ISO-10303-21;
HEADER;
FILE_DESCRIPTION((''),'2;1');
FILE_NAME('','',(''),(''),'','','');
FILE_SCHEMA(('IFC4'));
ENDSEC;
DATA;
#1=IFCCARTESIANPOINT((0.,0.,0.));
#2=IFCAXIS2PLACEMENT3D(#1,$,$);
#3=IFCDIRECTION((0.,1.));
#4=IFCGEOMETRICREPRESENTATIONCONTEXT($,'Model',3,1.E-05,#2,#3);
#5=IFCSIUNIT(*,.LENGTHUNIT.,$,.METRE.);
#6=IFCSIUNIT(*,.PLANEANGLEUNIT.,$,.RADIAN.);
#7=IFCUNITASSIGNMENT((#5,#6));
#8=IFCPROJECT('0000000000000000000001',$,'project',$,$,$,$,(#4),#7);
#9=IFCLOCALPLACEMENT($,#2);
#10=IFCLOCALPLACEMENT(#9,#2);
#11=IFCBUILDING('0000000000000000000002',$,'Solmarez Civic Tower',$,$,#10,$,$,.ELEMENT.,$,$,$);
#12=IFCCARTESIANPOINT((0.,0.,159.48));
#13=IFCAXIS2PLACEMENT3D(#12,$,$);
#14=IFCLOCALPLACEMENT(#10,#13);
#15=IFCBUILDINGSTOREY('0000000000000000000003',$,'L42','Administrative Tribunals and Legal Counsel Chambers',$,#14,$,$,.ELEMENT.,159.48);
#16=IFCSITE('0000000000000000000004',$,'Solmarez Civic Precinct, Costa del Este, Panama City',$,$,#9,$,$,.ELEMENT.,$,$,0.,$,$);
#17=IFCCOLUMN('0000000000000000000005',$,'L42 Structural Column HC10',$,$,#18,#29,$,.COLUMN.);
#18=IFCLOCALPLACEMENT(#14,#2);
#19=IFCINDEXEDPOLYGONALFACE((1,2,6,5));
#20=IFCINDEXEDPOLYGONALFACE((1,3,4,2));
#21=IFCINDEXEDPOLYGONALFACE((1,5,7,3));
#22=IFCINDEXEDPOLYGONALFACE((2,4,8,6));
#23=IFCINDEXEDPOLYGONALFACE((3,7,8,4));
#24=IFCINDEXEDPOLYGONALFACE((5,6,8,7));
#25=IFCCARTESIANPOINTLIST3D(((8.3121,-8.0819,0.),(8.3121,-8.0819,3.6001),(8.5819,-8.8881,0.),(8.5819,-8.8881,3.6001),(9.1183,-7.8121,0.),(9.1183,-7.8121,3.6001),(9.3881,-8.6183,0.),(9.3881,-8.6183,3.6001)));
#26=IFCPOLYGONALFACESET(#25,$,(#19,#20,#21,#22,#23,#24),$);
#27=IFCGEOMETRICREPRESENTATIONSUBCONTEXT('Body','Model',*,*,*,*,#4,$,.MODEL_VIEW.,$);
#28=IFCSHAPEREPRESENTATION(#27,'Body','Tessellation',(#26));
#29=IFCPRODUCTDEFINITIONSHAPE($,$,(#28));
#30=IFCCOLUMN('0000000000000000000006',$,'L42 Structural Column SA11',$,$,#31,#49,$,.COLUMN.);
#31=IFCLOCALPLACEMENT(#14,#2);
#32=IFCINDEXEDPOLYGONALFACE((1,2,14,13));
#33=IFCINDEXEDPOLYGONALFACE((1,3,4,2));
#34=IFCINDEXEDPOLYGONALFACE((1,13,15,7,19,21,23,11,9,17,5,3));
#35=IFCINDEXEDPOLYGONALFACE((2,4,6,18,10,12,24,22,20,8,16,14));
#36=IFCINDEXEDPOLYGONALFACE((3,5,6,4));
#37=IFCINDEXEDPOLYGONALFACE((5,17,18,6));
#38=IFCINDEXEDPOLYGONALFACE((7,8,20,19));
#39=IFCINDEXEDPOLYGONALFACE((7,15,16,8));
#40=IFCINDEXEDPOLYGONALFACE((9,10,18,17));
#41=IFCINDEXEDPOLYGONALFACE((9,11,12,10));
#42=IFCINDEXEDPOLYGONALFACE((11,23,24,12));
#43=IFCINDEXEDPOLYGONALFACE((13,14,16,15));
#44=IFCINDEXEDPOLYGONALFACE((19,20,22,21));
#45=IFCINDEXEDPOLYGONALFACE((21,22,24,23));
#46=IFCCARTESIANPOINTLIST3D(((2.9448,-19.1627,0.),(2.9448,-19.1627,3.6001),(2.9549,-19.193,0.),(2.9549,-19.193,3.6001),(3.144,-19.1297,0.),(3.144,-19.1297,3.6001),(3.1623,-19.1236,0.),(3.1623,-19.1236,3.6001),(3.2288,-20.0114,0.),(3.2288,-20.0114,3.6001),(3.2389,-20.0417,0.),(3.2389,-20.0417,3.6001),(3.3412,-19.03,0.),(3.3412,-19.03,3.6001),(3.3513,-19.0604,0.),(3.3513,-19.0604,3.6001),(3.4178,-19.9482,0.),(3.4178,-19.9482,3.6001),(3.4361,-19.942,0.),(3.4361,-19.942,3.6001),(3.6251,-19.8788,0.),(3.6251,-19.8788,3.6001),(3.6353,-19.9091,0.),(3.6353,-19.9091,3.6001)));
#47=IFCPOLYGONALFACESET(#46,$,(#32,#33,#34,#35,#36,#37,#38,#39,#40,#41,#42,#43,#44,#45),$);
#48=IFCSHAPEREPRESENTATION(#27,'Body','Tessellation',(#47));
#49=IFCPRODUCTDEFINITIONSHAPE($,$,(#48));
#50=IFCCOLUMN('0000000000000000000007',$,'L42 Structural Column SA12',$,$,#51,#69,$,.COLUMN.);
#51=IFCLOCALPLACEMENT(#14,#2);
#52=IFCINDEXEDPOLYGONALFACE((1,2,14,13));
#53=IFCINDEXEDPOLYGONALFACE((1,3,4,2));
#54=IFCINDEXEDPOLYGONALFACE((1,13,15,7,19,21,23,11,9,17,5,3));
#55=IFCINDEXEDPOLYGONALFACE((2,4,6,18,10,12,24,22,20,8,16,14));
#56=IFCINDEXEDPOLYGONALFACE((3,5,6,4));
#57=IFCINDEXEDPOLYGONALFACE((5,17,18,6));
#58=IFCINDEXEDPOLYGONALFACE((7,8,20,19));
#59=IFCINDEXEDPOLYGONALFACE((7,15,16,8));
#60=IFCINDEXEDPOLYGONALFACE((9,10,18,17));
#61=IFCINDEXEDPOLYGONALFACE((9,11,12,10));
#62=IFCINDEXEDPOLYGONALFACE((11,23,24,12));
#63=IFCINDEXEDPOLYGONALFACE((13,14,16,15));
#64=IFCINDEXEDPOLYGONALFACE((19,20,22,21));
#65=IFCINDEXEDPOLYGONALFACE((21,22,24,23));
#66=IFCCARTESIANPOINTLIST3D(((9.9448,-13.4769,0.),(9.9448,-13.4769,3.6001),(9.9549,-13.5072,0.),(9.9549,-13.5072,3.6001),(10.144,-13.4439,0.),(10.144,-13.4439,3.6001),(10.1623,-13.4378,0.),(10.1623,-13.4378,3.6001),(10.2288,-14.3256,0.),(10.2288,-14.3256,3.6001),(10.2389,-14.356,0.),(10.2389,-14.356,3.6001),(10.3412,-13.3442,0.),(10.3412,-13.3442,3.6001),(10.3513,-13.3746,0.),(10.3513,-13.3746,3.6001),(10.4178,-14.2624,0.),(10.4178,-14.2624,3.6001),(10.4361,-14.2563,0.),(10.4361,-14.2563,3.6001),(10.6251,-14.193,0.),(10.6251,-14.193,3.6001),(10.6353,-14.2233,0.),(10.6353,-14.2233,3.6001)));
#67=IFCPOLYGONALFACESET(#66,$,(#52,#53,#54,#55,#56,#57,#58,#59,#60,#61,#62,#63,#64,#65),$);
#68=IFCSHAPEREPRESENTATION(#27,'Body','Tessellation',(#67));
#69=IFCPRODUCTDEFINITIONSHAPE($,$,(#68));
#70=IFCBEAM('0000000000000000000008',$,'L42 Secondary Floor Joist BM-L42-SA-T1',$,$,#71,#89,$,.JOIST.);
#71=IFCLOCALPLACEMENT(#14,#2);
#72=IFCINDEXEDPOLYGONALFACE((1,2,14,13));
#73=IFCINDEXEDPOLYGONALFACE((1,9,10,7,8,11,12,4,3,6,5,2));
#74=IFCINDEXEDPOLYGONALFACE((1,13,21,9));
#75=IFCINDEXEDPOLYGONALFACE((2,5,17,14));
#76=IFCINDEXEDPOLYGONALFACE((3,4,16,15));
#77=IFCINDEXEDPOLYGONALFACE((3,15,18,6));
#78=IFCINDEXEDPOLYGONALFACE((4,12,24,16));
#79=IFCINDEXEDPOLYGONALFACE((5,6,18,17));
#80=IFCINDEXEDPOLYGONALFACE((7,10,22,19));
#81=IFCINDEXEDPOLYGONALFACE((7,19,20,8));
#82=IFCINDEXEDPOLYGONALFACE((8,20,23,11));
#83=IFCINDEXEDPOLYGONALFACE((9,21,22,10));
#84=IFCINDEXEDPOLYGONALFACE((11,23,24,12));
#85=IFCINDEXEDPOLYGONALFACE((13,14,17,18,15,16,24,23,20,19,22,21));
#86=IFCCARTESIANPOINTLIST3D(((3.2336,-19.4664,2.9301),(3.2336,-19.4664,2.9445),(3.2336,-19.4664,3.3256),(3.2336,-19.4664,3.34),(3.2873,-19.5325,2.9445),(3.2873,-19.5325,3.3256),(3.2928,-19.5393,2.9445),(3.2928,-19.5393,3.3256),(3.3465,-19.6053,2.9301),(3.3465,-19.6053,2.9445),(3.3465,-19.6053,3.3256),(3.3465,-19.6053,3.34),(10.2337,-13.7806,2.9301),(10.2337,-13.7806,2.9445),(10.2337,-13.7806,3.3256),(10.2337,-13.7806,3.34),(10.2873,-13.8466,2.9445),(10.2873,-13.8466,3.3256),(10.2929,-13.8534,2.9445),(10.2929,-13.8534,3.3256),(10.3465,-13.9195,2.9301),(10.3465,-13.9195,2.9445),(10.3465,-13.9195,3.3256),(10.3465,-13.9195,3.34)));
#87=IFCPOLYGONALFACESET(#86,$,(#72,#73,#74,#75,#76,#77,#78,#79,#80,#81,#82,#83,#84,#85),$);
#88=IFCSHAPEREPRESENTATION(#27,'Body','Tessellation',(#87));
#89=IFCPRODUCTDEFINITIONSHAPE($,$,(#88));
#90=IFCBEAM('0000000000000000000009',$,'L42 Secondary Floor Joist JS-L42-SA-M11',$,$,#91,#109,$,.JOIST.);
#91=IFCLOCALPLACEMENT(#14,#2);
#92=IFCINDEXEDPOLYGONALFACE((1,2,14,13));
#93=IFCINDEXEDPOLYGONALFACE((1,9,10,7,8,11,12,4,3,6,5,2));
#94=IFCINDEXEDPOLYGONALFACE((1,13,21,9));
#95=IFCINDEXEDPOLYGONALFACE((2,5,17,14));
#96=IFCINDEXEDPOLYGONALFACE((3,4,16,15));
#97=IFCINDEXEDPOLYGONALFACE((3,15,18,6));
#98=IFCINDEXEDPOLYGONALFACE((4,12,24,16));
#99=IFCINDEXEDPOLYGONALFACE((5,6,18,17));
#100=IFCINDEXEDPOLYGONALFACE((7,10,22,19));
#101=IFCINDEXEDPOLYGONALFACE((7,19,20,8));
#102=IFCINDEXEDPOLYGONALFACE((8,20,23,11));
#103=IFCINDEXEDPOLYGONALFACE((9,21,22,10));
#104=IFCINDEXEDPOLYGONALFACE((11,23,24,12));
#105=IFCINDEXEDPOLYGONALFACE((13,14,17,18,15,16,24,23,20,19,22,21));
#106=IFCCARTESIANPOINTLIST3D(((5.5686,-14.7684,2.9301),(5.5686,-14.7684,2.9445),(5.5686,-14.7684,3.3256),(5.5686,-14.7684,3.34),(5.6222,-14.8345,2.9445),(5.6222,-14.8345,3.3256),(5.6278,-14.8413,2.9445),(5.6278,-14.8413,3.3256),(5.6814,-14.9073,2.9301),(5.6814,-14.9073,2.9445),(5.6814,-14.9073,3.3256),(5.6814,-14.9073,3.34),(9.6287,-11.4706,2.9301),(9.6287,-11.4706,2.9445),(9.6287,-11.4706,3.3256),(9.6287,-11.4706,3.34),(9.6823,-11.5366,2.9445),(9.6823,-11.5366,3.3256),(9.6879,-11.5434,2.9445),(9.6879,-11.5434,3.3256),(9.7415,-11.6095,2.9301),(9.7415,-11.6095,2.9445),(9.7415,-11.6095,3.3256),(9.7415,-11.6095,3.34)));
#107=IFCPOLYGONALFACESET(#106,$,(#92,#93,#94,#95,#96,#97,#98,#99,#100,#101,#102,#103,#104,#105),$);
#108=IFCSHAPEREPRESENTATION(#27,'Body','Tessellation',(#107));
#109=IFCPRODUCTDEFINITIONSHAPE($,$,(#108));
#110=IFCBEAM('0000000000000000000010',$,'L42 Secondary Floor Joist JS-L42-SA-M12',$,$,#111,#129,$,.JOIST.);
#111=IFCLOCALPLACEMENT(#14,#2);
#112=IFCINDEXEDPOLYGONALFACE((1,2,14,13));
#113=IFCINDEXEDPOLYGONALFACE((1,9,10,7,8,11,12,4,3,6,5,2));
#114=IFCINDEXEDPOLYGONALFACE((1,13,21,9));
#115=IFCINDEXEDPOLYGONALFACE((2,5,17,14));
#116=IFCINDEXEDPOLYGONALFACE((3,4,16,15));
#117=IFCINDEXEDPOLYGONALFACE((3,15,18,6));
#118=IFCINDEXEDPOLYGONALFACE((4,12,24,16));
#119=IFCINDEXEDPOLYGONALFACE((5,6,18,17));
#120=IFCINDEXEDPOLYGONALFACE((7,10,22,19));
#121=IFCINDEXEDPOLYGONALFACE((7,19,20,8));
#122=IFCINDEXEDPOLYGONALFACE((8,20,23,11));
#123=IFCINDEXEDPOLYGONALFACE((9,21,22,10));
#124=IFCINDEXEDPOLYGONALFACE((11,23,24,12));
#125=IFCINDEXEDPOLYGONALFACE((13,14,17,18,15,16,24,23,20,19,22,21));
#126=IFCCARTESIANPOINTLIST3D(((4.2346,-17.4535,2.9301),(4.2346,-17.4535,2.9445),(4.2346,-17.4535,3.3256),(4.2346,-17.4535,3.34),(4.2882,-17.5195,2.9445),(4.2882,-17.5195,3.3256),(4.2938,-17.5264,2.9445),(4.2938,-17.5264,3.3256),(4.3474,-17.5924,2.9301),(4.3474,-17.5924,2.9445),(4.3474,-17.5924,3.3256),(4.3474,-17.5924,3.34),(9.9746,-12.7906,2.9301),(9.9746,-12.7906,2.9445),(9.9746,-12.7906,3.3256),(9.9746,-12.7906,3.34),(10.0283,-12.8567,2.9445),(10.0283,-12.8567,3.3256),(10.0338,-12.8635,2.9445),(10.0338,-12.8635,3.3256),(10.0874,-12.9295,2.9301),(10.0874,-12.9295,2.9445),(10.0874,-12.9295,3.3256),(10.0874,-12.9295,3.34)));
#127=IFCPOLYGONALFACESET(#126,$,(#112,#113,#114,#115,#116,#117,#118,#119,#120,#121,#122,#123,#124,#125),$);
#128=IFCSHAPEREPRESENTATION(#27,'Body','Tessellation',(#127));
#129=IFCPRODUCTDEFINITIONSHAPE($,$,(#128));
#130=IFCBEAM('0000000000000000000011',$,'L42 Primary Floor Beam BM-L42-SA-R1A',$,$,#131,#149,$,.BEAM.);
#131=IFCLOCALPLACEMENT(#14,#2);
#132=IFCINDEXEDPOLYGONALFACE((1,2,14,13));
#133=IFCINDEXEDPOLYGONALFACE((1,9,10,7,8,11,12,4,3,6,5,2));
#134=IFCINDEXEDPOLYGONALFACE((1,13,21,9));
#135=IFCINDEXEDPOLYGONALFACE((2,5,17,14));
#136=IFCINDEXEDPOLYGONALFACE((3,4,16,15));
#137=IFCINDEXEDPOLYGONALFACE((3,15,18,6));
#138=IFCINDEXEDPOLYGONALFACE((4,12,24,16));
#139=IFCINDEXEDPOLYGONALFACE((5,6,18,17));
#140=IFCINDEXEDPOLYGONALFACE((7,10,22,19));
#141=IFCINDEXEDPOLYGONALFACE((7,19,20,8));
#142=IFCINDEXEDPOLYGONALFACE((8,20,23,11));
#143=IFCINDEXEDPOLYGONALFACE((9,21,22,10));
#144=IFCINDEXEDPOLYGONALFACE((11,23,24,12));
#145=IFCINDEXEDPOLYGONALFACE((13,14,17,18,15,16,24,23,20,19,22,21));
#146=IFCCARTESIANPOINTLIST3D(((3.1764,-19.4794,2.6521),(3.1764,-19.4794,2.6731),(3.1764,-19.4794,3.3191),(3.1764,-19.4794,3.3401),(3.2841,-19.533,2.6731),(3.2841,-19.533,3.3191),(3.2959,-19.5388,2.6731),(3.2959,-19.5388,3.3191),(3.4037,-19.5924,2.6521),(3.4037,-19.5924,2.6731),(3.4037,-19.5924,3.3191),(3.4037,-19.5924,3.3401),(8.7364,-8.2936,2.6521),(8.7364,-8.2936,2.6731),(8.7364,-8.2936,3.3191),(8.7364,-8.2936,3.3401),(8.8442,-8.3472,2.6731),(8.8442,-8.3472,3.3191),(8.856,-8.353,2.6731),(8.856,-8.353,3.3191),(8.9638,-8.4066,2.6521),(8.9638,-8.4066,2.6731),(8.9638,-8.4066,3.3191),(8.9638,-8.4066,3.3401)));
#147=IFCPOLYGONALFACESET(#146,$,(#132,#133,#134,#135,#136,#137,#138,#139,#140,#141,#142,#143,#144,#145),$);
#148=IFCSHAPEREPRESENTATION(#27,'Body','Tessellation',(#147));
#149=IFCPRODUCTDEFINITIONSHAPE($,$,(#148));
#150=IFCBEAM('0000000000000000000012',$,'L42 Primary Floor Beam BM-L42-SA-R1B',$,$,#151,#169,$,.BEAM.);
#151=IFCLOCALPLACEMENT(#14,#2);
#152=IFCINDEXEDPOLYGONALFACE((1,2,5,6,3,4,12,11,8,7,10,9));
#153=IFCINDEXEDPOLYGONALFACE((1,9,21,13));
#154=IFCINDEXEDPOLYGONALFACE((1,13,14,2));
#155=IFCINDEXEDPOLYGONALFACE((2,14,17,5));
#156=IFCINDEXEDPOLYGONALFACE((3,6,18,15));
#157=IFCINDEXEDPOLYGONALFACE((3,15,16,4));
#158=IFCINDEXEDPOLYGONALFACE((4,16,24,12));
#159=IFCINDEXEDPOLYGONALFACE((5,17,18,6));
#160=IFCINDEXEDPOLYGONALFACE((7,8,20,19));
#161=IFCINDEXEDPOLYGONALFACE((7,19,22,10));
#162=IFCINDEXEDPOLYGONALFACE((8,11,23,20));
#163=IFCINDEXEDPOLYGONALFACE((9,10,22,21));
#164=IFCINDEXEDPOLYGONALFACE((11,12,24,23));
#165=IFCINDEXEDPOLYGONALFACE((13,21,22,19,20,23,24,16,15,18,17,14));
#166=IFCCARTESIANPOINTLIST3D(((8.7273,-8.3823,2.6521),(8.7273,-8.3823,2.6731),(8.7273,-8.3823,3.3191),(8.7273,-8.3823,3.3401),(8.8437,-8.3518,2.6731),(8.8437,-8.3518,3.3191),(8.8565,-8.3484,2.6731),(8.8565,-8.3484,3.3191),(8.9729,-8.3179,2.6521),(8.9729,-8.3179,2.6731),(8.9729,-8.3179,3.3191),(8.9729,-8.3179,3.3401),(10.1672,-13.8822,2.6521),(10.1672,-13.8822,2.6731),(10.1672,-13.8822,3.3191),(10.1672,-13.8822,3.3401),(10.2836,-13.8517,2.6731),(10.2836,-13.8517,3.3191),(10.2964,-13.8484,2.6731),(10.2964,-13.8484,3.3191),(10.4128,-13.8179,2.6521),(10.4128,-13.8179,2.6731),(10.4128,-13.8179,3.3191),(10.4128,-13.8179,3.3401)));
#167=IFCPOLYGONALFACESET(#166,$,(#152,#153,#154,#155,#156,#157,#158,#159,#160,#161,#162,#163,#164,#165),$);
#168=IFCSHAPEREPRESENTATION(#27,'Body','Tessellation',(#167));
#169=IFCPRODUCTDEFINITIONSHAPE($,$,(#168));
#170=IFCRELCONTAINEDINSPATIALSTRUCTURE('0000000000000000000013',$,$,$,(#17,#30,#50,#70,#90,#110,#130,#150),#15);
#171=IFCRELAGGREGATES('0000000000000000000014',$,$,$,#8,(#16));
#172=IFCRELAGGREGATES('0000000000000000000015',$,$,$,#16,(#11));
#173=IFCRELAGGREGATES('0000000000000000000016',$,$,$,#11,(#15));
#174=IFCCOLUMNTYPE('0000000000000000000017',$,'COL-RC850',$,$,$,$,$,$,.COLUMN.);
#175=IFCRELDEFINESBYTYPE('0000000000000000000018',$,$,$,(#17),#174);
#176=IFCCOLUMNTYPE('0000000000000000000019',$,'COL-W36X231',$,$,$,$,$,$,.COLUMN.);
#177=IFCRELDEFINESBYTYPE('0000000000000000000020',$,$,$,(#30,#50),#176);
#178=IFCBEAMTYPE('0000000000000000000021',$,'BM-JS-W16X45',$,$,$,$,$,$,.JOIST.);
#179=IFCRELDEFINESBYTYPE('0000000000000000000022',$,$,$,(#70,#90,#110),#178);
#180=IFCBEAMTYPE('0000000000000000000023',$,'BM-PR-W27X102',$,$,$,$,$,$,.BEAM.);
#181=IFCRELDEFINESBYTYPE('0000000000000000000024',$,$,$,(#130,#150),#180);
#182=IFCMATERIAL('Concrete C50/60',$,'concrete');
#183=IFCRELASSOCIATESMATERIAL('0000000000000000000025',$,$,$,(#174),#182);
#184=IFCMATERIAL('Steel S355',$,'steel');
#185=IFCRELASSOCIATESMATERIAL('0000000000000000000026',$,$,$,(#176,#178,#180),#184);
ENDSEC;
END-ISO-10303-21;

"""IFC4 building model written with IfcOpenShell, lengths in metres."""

from ifc_helpers import new_model, si_unit, direction, frame, origin, origin_2d, place, context, subcontext, project, spatial, rectangle, i_section, extrude, material, material_profile, profile_set, type_object, element, save


model = new_model("IFC4")

# Units and contexts
model_context = context("Model", 3, precision=1e-05, world=origin(), true_north=direction((0.0, 1.0)))
body_context = subcontext(model_context, "Body", "Model", "MODEL_VIEW")
ifc_project = project(units=[si_unit("LENGTHUNIT", "METRE"), si_unit("PLANEANGLEUNIT", "RADIAN")], contexts=[model_context])

# Site, building, storey
site_placement = place(None, origin())
site = spatial("IfcSite", under=ifc_project, at=site_placement, Name="Solmarez Civic Precinct, Costa del Este, Panama City", CompositionType="ELEMENT", RefElevation=0.0)
building_placement = place(site_placement, origin())
building = spatial("IfcBuilding", under=site, at=building_placement, Name="Solmarez Civic Tower", CompositionType="ELEMENT")
storey_placement = place(building_placement, frame((0.0, 0.0, 159.48)))
storey = spatial("IfcBuildingStorey", under=building, at=storey_placement, Name="L42", Description="Administrative Tribunals and Legal Counsel Chambers", CompositionType="ELEMENT", Elevation=159.48)

# Columns
ifc_material_1 = material(Name="Concrete C50/60", Category="concrete")
ifc_material_profile_1 = material_profile(ifc_material_1, rectangle(XDim=0.8501, YDim=0.8501, at=origin_2d()), Name="RC850X850")
ifc_profile_set_1 = profile_set([ifc_material_profile_1], Name="Concrete C50/60")
column_type_1 = type_object("IfcColumnType", Name="COL-RC850", PredefinedType="COLUMN", material=ifc_profile_set_1)
column_placement = place(storey_placement, frame((8.8501, -8.3501, 0.0), z_axis=(0.0, 0.0, 1.0), x_axis=(0.948324, 0.317305, 0.0)))
element("IfcColumn", 1, at=column_placement, inside=storey, type_object=column_type_1, Name="L42 Structural Column HC10", PredefinedType="COLUMN", context=body_context, shape_type="SweptSolid", body=[
    extrude(rectangle(XDim=0.8501, YDim=0.8501, at=origin_2d()), origin(), (0.0, 0.0, 1.0), 3.6001),
])
ifc_material_2 = material(Name="Steel S355", Category="steel")
ifc_material_profile_2 = material_profile(ifc_material_2, i_section(OverallWidth=0.418, OverallDepth=0.927, WebThickness=0.0193, FlangeThickness=0.032, at=origin_2d()), Name="W36X231")
ifc_profile_set_2 = profile_set([ifc_material_profile_2], Name="Steel S355")
column_type_2 = type_object("IfcColumnType", Name="COL-W36X231", PredefinedType="COLUMN", material=ifc_profile_set_2)
for number, where, z_axis, x_axis, name in (
    (2, (3.29, -19.5359, 0.0), (0.0, 0.0, 1.0), (0.948324, 0.317305, 0.0), "L42 Structural Column SA11"),
    (3, (10.29, -13.8501, 0.0), (0.0, 0.0, 1.0), (0.948324, 0.317305, 0.0), "L42 Structural Column SA12"),
):
    element("IfcColumn", number, at=place(storey_placement, frame(where, z_axis=z_axis, x_axis=x_axis)), inside=storey, type_object=column_type_2, Name=name, PredefinedType="COLUMN", context=body_context, shape_type="SweptSolid", body=[
        extrude(i_section(OverallWidth=0.418, OverallDepth=0.927, WebThickness=0.0193, FlangeThickness=0.032, at=origin_2d()), origin(), (0.0, 0.0, 1.0), 3.6001),
    ])

# Beams
ifc_material_profile_3 = material_profile(ifc_material_2, i_section(OverallWidth=0.179, OverallDepth=0.4099, WebThickness=0.0088, FlangeThickness=0.0144, at=origin_2d()), Name="W16X45")
ifc_profile_set_3 = profile_set([ifc_material_profile_3], Name="Steel S355")
beam_type_1 = type_object("IfcBeamType", Name="BM-JS-W16X45", PredefinedType="JOIST", material=ifc_profile_set_3)
beam_1_placement = place(storey_placement, frame((3.29, -19.5359, 3.135), z_axis=(0.776207, 0.630478, 0.0), x_axis=(-0.630478, 0.776207, 0.0)))
element("IfcBeam", 4, at=beam_1_placement, inside=storey, type_object=beam_type_1, Name="L42 Secondary Floor Joist BM-L42-SA-T1", PredefinedType="JOIST", context=body_context, shape_type="SweptSolid", body=[
    extrude(i_section(OverallWidth=0.179, OverallDepth=0.4099, WebThickness=0.0088, FlangeThickness=0.0144, at=origin_2d()), origin(), (0.0, 0.0, 1.0), 9.0183),
])
beam_2_placement = place(storey_placement, frame((5.625, -14.8379, 3.135), z_axis=(0.776203, 0.630484, 0.0), x_axis=(-0.630484, 0.776203, 0.0)))
element("IfcBeam", 5, at=beam_2_placement, inside=storey, type_object=beam_type_1, Name="L42 Secondary Floor Joist JS-L42-SA-M11", PredefinedType="JOIST", context=body_context, shape_type="SweptSolid", body=[
    extrude(i_section(OverallWidth=0.179, OverallDepth=0.4099, WebThickness=0.0088, FlangeThickness=0.0144, at=origin_2d()), origin(), (0.0, 0.0, 1.0), 5.2307),
])
beam_3_placement = place(storey_placement, frame((4.291, -17.5229, 3.135), z_axis=(0.776174, 0.630519, 0.0), x_axis=(-0.630519, 0.776174, 0.0)))
element("IfcBeam", 6, at=beam_3_placement, inside=storey, type_object=beam_type_1, Name="L42 Secondary Floor Joist JS-L42-SA-M12", PredefinedType="JOIST", context=body_context, shape_type="SweptSolid", body=[
    extrude(i_section(OverallWidth=0.179, OverallDepth=0.4099, WebThickness=0.0088, FlangeThickness=0.0144, at=origin_2d()), origin(), (0.0, 0.0, 1.0), 7.3953),
])
ifc_material_profile_4 = material_profile(ifc_material_2, i_section(OverallWidth=0.2539, OverallDepth=0.688, WebThickness=0.0132, FlangeThickness=0.021, at=origin_2d()), Name="W27X102")
ifc_profile_set_4 = profile_set([ifc_material_profile_4], Name="Steel S355")
beam_type_2 = type_object("IfcBeamType", Name="BM-PR-W27X102", PredefinedType="BEAM", material=ifc_profile_set_4)
beam_4_placement = place(storey_placement, frame((8.8501, -8.3501, 2.9961), z_axis=(-0.445109, -0.895476, 0.0), x_axis=(0.895476, -0.445109, 0.0)))
element("IfcBeam", 7, at=beam_4_placement, inside=storey, type_object=beam_type_2, Name="L42 Primary Floor Beam BM-L42-SA-R1A", PredefinedType="BEAM", context=body_context, shape_type="SweptSolid", body=[
    extrude(i_section(OverallWidth=0.2539, OverallDepth=0.688, WebThickness=0.0132, FlangeThickness=0.021, at=origin_2d()), origin(), (0.0, 0.0, 1.0), 12.4915),
])
beam_5_placement = place(storey_placement, frame((8.8501, -8.3501, 2.9961), z_axis=(0.253271, -0.967395, 0.0), x_axis=(0.967395, 0.253271, 0.0)))
element("IfcBeam", 8, at=beam_5_placement, inside=storey, type_object=beam_type_2, Name="L42 Primary Floor Beam BM-L42-SA-R1B", PredefinedType="BEAM", context=body_context, shape_type="SweptSolid", body=[
    extrude(i_section(OverallWidth=0.2539, OverallDepth=0.688, WebThickness=0.0132, FlangeThickness=0.021, at=origin_2d()), origin(), (0.0, 0.0, 1.0), 5.6853),
])

save(model, "model.ifc")
